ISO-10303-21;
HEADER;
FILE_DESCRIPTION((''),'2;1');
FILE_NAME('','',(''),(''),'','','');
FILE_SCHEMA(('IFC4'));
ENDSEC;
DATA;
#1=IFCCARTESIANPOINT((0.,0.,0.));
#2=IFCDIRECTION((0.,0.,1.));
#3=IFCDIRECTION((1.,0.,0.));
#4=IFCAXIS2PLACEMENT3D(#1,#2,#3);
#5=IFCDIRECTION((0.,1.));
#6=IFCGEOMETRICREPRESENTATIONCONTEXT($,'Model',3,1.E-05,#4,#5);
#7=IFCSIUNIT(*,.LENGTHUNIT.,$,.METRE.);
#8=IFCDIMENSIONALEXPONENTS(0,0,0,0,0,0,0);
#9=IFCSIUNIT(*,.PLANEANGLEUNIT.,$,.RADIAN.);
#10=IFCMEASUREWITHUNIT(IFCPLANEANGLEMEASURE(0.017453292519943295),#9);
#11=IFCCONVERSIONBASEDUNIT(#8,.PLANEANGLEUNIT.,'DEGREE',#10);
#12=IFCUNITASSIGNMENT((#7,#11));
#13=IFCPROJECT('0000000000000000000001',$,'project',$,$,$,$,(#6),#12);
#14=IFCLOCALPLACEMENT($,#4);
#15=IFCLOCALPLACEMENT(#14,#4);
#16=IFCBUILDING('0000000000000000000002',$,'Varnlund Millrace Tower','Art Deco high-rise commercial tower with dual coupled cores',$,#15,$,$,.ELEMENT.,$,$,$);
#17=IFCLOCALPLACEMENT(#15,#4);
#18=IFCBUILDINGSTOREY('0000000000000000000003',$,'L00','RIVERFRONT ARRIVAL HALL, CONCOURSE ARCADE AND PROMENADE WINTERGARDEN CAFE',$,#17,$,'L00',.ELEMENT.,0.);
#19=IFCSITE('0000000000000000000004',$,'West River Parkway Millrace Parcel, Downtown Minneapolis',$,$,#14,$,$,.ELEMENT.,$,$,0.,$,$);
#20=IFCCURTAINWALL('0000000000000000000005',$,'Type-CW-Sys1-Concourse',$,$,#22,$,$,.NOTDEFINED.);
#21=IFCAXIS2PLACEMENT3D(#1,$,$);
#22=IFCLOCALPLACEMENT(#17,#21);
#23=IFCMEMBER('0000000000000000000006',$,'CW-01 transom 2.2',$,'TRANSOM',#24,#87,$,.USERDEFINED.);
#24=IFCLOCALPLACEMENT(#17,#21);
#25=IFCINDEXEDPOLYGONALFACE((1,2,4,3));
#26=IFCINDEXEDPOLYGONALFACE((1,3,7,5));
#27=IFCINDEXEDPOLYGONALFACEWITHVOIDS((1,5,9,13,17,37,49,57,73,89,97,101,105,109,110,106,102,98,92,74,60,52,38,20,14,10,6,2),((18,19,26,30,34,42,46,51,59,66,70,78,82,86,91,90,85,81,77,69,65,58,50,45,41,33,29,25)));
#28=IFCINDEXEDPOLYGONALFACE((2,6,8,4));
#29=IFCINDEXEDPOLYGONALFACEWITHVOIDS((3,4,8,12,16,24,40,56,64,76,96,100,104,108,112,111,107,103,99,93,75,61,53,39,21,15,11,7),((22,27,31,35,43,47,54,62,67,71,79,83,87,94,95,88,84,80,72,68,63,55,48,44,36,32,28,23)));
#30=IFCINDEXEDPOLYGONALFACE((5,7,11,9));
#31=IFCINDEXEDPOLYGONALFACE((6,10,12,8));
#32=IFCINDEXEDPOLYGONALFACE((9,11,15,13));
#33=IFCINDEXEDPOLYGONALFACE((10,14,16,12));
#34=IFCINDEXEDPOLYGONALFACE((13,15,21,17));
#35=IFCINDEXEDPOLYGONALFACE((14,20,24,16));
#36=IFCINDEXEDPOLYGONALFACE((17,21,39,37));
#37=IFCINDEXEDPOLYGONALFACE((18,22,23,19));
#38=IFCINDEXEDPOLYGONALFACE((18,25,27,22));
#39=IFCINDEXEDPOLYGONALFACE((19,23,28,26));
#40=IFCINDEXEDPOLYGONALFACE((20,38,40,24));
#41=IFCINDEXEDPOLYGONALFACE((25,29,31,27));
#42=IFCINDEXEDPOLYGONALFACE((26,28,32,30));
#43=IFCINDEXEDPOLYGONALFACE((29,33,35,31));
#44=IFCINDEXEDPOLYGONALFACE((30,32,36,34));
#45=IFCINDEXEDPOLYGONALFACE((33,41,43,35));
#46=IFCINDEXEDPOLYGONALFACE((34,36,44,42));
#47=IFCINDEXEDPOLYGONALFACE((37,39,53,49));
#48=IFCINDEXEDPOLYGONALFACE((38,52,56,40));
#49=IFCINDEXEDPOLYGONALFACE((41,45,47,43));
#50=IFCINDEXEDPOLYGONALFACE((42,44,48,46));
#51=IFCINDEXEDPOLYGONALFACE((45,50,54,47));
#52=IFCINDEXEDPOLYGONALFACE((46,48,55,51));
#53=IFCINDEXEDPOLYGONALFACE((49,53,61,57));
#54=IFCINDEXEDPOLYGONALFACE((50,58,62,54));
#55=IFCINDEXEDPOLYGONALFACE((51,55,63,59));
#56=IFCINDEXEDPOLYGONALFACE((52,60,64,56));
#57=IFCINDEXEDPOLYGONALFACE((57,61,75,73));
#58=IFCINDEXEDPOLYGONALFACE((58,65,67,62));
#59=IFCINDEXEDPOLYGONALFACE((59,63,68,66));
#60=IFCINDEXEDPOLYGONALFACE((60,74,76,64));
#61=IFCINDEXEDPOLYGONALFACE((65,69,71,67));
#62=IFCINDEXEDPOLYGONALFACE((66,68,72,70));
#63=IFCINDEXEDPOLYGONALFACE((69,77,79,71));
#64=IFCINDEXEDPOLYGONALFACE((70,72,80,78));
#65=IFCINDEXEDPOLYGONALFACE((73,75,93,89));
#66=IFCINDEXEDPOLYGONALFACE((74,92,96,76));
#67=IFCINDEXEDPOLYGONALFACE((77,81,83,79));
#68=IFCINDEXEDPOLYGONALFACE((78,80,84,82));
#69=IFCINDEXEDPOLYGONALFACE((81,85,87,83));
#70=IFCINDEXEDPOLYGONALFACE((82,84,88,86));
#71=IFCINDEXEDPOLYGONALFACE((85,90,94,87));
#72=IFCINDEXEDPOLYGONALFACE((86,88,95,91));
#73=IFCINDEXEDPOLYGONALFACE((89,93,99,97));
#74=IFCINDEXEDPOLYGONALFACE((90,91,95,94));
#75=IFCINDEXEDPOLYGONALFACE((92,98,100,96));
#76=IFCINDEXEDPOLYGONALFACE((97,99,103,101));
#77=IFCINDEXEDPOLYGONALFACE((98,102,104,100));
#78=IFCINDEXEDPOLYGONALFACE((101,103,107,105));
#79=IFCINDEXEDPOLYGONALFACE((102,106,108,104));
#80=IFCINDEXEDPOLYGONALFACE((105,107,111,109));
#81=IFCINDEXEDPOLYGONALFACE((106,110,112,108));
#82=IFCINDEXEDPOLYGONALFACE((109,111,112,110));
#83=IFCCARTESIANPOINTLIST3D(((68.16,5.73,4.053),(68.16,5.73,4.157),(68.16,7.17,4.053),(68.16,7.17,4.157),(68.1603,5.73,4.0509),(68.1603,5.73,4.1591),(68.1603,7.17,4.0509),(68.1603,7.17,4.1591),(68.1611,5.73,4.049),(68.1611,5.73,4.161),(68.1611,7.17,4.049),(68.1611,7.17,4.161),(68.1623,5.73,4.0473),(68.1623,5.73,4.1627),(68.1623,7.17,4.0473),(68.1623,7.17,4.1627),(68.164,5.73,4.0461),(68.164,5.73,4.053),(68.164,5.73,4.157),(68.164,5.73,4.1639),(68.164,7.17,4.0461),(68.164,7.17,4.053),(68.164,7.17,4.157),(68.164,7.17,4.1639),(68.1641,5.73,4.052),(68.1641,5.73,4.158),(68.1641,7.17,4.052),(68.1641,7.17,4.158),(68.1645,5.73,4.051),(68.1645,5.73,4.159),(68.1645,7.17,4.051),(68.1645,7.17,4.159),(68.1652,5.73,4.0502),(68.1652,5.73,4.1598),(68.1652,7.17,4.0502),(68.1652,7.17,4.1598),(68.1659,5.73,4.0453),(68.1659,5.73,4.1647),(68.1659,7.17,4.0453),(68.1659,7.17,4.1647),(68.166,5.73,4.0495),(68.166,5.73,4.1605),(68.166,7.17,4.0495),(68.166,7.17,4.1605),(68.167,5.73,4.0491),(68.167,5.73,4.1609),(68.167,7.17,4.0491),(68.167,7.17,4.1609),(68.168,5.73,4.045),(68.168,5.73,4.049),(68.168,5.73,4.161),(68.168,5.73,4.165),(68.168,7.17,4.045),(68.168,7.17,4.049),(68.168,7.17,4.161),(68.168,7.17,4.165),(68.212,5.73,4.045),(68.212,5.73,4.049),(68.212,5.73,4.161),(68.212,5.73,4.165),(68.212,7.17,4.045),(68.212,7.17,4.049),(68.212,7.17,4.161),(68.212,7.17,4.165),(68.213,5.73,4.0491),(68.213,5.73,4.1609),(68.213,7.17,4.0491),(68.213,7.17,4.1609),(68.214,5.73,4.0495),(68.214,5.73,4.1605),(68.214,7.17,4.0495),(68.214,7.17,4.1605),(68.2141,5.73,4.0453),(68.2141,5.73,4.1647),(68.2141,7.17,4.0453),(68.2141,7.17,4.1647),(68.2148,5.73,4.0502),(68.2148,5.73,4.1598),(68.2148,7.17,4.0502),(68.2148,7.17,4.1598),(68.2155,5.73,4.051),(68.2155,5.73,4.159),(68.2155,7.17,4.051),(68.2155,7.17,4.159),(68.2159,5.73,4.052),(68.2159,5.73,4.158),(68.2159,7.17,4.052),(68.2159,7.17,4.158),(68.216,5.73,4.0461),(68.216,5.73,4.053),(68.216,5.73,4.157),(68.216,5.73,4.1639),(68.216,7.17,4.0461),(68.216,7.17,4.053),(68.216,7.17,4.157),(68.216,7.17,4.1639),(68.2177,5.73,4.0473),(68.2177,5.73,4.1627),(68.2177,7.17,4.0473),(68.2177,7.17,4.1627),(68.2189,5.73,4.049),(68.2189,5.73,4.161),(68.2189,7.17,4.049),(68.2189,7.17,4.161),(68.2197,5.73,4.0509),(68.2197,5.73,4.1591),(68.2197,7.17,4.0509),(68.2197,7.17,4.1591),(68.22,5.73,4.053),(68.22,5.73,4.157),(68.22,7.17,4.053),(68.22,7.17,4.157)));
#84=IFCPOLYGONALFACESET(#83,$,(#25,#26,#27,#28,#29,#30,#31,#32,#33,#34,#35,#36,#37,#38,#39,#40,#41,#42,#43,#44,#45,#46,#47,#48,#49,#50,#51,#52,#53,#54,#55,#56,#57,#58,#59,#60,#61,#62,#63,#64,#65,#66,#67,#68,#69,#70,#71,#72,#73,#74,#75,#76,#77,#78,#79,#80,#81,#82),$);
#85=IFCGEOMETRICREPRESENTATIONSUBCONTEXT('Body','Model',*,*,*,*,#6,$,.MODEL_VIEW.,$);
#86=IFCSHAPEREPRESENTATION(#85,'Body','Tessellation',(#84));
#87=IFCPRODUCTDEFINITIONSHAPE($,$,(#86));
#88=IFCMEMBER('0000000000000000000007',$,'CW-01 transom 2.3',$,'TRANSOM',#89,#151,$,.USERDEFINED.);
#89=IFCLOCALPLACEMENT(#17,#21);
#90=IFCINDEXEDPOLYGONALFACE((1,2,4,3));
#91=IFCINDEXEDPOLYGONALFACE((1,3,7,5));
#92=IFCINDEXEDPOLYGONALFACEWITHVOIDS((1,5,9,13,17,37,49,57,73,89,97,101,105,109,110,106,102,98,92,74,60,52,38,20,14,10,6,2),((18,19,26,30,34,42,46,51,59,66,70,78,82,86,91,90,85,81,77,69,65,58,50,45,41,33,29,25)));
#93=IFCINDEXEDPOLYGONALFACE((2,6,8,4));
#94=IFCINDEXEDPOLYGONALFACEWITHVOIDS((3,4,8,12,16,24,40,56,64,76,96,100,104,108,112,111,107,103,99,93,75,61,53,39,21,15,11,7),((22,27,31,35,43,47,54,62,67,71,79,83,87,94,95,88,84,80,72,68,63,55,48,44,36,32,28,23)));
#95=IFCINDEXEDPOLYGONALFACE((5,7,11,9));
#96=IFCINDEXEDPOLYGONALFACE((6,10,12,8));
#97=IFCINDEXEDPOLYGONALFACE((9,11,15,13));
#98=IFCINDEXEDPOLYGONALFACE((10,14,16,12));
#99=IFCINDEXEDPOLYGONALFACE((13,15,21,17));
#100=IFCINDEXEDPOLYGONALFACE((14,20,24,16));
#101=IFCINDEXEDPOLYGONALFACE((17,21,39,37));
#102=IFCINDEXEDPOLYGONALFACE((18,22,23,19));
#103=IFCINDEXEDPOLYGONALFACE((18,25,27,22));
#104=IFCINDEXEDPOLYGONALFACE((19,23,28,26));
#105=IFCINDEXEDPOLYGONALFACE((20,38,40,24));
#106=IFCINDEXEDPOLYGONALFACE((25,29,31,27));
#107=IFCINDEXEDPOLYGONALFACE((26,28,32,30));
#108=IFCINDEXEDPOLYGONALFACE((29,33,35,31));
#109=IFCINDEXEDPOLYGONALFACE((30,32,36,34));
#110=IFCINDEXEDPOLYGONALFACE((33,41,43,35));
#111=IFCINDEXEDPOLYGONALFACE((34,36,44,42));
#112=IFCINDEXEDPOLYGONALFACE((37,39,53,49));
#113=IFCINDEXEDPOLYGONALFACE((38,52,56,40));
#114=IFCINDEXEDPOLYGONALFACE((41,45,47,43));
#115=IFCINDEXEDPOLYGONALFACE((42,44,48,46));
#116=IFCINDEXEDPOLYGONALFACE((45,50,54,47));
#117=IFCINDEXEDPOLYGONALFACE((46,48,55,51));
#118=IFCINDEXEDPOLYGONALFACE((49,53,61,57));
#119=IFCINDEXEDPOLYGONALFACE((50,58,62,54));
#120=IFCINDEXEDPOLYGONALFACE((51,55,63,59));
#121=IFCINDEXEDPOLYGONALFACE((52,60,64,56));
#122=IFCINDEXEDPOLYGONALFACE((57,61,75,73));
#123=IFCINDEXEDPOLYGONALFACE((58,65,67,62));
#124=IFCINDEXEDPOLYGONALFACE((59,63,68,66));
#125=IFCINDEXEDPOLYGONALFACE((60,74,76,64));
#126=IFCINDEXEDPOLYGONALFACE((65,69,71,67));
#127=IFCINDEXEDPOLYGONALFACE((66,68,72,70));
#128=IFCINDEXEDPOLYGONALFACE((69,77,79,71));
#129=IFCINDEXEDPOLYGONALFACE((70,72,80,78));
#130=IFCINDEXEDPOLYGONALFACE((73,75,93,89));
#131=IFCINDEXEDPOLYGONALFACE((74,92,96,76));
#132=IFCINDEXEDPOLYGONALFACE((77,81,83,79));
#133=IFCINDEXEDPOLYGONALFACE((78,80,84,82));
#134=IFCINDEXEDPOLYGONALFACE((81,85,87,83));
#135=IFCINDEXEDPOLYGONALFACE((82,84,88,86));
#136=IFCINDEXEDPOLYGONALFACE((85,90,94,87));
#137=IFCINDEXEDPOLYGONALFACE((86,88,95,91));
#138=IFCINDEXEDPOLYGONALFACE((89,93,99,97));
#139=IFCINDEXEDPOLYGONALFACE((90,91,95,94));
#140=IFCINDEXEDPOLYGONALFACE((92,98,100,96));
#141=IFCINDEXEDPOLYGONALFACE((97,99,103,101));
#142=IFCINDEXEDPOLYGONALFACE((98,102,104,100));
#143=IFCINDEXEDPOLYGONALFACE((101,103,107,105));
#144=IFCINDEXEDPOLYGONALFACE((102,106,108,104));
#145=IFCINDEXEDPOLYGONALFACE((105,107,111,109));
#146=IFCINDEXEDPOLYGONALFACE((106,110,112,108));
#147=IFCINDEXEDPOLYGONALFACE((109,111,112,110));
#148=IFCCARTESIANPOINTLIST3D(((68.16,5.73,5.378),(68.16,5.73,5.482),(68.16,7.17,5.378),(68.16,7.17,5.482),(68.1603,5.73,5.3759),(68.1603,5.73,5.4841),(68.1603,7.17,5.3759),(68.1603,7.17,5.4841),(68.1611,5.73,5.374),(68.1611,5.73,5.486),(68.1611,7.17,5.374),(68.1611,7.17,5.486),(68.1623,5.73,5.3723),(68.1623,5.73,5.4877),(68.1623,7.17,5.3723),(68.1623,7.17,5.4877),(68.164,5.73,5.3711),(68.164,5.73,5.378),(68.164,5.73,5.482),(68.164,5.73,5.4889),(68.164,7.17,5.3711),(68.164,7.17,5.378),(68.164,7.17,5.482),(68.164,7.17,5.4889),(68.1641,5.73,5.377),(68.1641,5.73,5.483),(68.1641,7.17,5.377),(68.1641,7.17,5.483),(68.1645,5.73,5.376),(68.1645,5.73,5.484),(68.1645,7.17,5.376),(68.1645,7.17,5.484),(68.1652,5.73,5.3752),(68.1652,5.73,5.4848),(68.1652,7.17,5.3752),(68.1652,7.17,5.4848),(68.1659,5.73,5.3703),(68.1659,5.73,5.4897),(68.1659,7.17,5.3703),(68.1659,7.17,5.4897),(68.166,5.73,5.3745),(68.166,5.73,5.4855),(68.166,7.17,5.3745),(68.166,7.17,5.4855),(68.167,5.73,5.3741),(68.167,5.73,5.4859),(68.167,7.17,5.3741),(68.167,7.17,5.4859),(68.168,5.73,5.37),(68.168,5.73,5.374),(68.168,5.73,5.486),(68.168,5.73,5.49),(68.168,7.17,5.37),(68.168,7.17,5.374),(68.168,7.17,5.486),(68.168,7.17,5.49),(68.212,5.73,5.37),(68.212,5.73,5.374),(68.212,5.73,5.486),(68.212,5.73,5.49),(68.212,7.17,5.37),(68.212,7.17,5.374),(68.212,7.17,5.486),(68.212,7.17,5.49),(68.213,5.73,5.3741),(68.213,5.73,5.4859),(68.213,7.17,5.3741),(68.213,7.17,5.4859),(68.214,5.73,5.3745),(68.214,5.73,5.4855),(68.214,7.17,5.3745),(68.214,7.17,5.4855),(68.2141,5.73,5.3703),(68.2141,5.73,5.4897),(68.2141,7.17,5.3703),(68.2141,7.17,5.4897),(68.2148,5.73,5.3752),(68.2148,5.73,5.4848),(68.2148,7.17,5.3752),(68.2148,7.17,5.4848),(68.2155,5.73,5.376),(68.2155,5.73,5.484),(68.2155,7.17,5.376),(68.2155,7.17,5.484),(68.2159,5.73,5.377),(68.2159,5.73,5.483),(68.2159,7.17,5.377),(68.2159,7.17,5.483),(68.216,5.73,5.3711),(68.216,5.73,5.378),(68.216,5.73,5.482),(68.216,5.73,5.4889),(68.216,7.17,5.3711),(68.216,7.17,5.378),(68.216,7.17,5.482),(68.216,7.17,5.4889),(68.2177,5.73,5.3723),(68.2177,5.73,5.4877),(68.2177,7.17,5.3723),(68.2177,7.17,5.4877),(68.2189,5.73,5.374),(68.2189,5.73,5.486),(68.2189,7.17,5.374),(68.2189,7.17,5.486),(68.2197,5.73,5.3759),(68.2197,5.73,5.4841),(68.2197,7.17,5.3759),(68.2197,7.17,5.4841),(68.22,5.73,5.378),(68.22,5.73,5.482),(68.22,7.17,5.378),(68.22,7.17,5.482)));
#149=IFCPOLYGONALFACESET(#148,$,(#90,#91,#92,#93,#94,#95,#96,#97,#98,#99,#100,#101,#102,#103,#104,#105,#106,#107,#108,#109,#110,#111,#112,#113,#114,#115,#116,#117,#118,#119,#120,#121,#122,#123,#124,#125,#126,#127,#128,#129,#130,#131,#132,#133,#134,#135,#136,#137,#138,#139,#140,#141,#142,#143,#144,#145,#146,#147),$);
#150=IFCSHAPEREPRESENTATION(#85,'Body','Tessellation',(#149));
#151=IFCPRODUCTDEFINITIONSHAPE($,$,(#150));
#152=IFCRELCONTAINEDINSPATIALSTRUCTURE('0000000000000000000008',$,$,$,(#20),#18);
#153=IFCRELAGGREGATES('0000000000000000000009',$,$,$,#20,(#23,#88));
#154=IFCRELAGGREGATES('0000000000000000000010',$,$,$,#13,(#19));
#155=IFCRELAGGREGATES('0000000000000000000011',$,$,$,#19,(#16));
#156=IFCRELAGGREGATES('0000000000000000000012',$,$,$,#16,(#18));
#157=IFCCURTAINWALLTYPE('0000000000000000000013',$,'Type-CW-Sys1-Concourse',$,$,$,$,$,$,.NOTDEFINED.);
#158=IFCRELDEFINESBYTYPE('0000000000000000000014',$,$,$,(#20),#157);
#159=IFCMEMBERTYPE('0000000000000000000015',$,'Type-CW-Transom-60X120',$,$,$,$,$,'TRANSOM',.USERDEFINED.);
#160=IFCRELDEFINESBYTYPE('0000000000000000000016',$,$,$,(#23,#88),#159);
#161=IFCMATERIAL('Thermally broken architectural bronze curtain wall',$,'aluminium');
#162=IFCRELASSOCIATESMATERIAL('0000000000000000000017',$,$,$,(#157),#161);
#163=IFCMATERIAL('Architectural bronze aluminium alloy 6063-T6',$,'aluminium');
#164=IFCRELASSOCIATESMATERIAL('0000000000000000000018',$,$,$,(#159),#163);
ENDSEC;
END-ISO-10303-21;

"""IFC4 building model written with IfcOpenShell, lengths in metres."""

from ifc_helpers import new_model, entity, si_unit, converted_unit, direction, frame, origin_with_axes, origin_2d_with_axis, place, context, subcontext, project, spatial, hollow_rectangle, extrude, material, material_profile, profile_set, type_object, element, aggregate, save


model = new_model("IFC4")

# Units and contexts
model_context = context("Model", 3, precision=1e-05, world=origin_with_axes(), true_north=direction((0.0, 1.0)))
body_context = subcontext(model_context, "Body", "Model", "MODEL_VIEW")
ifc_project = project(units=[si_unit("LENGTHUNIT", "METRE"), converted_unit("PLANEANGLEUNIT", "DEGREE", entity("IfcPlaneAngleMeasure", 0.017453292519943295), si_unit("PLANEANGLEUNIT", "RADIAN"), dimensions=[0, 0, 0, 0, 0, 0, 0])], contexts=[model_context])

# Site, building, storey
site_placement = place(None, origin_with_axes())
site = spatial("IfcSite", under=ifc_project, at=site_placement, Name="West River Parkway Millrace Parcel, Downtown Minneapolis", CompositionType="ELEMENT", RefElevation=0.0)
building_placement = place(site_placement, origin_with_axes())
building = spatial("IfcBuilding", under=site, at=building_placement, Name="Varnlund Millrace Tower", Description="Art Deco high-rise commercial tower with dual coupled cores", CompositionType="ELEMENT")
storey_placement = place(building_placement, origin_with_axes())
storey = spatial("IfcBuildingStorey", under=building, at=storey_placement, Name="L00", Description="RIVERFRONT ARRIVAL HALL, CONCOURSE ARCADE AND PROMENADE WINTERGARDEN CAFE", LongName="L00", CompositionType="ELEMENT", Elevation=0.0)

# Curtain wall, members
ifc_material_1 = material(Name="Thermally broken architectural bronze curtain wall", Category="aluminium")
curtain_wall_type = type_object("IfcCurtainWallType", Name="Type-CW-Sys1-Concourse", PredefinedType="NOTDEFINED", material=ifc_material_1)
curtain_wall_placement = place(storey_placement, frame((68.19, 8.7, 2.75), z_axis=(0.0, 0.0, 1.0), x_axis=(1.0, 0.0, 0.0)))
curtain_wall = element("IfcCurtainWall", 1, at=curtain_wall_placement, inside=storey, type_object=curtain_wall_type, Name="Type-CW-Sys1-Concourse", PredefinedType="NOTDEFINED")
ifc_material_2 = material(Name="Architectural bronze aluminium alloy 6063-T6", Category="aluminium")
ifc_material_profile_1 = material_profile(ifc_material_2, hollow_rectangle(XDim=0.06, YDim=0.12, WallThickness=0.004, InnerFilletRadius=0.004, OuterFilletRadius=0.008, at=origin_2d_with_axis()), Name="Architectural bronze aluminium alloy 6063-T6")
ifc_profile_set_1 = profile_set([ifc_material_profile_1], Name="Architectural bronze aluminium alloy 6063-T6")
member_type_1 = type_object("IfcMemberType", Name="Type-CW-Transom-60X120", ElementType="TRANSOM", PredefinedType="USERDEFINED", material=ifc_profile_set_1)
member_1_placement = place(storey_placement, frame((68.19, 7.17, 4.105), z_axis=(0.0, -1.0, 0.0), x_axis=(1.0, 0.0, 0.0)))
member_1 = element("IfcMember", 2, at=member_1_placement, type_object=member_type_1, Name="CW-01 transom 2.2", ObjectType="TRANSOM", PredefinedType="USERDEFINED", context=body_context, shape_type="SweptSolid", body=[
    extrude(hollow_rectangle(XDim=0.06, YDim=0.12, WallThickness=0.004, InnerFilletRadius=0.004, OuterFilletRadius=0.008, at=origin_2d_with_axis()), origin_with_axes(), (0.0, 0.0, 1.0), 1.44),
])
member_2_placement = place(storey_placement, frame((68.19, 7.17, 5.43), z_axis=(0.0, -1.0, 0.0), x_axis=(1.0, 0.0, 0.0)))
member_2 = element("IfcMember", 3, at=member_2_placement, type_object=member_type_1, Name="CW-01 transom 2.3", ObjectType="TRANSOM", PredefinedType="USERDEFINED", context=body_context, shape_type="SweptSolid", body=[
    extrude(hollow_rectangle(XDim=0.06, YDim=0.12, WallThickness=0.004, InnerFilletRadius=0.004, OuterFilletRadius=0.008, at=origin_2d_with_axis()), origin_with_axes(), (0.0, 0.0, 1.0), 1.44),
])

aggregate(curtain_wall, [member_1, member_2])

save(model, "model.ifc")
